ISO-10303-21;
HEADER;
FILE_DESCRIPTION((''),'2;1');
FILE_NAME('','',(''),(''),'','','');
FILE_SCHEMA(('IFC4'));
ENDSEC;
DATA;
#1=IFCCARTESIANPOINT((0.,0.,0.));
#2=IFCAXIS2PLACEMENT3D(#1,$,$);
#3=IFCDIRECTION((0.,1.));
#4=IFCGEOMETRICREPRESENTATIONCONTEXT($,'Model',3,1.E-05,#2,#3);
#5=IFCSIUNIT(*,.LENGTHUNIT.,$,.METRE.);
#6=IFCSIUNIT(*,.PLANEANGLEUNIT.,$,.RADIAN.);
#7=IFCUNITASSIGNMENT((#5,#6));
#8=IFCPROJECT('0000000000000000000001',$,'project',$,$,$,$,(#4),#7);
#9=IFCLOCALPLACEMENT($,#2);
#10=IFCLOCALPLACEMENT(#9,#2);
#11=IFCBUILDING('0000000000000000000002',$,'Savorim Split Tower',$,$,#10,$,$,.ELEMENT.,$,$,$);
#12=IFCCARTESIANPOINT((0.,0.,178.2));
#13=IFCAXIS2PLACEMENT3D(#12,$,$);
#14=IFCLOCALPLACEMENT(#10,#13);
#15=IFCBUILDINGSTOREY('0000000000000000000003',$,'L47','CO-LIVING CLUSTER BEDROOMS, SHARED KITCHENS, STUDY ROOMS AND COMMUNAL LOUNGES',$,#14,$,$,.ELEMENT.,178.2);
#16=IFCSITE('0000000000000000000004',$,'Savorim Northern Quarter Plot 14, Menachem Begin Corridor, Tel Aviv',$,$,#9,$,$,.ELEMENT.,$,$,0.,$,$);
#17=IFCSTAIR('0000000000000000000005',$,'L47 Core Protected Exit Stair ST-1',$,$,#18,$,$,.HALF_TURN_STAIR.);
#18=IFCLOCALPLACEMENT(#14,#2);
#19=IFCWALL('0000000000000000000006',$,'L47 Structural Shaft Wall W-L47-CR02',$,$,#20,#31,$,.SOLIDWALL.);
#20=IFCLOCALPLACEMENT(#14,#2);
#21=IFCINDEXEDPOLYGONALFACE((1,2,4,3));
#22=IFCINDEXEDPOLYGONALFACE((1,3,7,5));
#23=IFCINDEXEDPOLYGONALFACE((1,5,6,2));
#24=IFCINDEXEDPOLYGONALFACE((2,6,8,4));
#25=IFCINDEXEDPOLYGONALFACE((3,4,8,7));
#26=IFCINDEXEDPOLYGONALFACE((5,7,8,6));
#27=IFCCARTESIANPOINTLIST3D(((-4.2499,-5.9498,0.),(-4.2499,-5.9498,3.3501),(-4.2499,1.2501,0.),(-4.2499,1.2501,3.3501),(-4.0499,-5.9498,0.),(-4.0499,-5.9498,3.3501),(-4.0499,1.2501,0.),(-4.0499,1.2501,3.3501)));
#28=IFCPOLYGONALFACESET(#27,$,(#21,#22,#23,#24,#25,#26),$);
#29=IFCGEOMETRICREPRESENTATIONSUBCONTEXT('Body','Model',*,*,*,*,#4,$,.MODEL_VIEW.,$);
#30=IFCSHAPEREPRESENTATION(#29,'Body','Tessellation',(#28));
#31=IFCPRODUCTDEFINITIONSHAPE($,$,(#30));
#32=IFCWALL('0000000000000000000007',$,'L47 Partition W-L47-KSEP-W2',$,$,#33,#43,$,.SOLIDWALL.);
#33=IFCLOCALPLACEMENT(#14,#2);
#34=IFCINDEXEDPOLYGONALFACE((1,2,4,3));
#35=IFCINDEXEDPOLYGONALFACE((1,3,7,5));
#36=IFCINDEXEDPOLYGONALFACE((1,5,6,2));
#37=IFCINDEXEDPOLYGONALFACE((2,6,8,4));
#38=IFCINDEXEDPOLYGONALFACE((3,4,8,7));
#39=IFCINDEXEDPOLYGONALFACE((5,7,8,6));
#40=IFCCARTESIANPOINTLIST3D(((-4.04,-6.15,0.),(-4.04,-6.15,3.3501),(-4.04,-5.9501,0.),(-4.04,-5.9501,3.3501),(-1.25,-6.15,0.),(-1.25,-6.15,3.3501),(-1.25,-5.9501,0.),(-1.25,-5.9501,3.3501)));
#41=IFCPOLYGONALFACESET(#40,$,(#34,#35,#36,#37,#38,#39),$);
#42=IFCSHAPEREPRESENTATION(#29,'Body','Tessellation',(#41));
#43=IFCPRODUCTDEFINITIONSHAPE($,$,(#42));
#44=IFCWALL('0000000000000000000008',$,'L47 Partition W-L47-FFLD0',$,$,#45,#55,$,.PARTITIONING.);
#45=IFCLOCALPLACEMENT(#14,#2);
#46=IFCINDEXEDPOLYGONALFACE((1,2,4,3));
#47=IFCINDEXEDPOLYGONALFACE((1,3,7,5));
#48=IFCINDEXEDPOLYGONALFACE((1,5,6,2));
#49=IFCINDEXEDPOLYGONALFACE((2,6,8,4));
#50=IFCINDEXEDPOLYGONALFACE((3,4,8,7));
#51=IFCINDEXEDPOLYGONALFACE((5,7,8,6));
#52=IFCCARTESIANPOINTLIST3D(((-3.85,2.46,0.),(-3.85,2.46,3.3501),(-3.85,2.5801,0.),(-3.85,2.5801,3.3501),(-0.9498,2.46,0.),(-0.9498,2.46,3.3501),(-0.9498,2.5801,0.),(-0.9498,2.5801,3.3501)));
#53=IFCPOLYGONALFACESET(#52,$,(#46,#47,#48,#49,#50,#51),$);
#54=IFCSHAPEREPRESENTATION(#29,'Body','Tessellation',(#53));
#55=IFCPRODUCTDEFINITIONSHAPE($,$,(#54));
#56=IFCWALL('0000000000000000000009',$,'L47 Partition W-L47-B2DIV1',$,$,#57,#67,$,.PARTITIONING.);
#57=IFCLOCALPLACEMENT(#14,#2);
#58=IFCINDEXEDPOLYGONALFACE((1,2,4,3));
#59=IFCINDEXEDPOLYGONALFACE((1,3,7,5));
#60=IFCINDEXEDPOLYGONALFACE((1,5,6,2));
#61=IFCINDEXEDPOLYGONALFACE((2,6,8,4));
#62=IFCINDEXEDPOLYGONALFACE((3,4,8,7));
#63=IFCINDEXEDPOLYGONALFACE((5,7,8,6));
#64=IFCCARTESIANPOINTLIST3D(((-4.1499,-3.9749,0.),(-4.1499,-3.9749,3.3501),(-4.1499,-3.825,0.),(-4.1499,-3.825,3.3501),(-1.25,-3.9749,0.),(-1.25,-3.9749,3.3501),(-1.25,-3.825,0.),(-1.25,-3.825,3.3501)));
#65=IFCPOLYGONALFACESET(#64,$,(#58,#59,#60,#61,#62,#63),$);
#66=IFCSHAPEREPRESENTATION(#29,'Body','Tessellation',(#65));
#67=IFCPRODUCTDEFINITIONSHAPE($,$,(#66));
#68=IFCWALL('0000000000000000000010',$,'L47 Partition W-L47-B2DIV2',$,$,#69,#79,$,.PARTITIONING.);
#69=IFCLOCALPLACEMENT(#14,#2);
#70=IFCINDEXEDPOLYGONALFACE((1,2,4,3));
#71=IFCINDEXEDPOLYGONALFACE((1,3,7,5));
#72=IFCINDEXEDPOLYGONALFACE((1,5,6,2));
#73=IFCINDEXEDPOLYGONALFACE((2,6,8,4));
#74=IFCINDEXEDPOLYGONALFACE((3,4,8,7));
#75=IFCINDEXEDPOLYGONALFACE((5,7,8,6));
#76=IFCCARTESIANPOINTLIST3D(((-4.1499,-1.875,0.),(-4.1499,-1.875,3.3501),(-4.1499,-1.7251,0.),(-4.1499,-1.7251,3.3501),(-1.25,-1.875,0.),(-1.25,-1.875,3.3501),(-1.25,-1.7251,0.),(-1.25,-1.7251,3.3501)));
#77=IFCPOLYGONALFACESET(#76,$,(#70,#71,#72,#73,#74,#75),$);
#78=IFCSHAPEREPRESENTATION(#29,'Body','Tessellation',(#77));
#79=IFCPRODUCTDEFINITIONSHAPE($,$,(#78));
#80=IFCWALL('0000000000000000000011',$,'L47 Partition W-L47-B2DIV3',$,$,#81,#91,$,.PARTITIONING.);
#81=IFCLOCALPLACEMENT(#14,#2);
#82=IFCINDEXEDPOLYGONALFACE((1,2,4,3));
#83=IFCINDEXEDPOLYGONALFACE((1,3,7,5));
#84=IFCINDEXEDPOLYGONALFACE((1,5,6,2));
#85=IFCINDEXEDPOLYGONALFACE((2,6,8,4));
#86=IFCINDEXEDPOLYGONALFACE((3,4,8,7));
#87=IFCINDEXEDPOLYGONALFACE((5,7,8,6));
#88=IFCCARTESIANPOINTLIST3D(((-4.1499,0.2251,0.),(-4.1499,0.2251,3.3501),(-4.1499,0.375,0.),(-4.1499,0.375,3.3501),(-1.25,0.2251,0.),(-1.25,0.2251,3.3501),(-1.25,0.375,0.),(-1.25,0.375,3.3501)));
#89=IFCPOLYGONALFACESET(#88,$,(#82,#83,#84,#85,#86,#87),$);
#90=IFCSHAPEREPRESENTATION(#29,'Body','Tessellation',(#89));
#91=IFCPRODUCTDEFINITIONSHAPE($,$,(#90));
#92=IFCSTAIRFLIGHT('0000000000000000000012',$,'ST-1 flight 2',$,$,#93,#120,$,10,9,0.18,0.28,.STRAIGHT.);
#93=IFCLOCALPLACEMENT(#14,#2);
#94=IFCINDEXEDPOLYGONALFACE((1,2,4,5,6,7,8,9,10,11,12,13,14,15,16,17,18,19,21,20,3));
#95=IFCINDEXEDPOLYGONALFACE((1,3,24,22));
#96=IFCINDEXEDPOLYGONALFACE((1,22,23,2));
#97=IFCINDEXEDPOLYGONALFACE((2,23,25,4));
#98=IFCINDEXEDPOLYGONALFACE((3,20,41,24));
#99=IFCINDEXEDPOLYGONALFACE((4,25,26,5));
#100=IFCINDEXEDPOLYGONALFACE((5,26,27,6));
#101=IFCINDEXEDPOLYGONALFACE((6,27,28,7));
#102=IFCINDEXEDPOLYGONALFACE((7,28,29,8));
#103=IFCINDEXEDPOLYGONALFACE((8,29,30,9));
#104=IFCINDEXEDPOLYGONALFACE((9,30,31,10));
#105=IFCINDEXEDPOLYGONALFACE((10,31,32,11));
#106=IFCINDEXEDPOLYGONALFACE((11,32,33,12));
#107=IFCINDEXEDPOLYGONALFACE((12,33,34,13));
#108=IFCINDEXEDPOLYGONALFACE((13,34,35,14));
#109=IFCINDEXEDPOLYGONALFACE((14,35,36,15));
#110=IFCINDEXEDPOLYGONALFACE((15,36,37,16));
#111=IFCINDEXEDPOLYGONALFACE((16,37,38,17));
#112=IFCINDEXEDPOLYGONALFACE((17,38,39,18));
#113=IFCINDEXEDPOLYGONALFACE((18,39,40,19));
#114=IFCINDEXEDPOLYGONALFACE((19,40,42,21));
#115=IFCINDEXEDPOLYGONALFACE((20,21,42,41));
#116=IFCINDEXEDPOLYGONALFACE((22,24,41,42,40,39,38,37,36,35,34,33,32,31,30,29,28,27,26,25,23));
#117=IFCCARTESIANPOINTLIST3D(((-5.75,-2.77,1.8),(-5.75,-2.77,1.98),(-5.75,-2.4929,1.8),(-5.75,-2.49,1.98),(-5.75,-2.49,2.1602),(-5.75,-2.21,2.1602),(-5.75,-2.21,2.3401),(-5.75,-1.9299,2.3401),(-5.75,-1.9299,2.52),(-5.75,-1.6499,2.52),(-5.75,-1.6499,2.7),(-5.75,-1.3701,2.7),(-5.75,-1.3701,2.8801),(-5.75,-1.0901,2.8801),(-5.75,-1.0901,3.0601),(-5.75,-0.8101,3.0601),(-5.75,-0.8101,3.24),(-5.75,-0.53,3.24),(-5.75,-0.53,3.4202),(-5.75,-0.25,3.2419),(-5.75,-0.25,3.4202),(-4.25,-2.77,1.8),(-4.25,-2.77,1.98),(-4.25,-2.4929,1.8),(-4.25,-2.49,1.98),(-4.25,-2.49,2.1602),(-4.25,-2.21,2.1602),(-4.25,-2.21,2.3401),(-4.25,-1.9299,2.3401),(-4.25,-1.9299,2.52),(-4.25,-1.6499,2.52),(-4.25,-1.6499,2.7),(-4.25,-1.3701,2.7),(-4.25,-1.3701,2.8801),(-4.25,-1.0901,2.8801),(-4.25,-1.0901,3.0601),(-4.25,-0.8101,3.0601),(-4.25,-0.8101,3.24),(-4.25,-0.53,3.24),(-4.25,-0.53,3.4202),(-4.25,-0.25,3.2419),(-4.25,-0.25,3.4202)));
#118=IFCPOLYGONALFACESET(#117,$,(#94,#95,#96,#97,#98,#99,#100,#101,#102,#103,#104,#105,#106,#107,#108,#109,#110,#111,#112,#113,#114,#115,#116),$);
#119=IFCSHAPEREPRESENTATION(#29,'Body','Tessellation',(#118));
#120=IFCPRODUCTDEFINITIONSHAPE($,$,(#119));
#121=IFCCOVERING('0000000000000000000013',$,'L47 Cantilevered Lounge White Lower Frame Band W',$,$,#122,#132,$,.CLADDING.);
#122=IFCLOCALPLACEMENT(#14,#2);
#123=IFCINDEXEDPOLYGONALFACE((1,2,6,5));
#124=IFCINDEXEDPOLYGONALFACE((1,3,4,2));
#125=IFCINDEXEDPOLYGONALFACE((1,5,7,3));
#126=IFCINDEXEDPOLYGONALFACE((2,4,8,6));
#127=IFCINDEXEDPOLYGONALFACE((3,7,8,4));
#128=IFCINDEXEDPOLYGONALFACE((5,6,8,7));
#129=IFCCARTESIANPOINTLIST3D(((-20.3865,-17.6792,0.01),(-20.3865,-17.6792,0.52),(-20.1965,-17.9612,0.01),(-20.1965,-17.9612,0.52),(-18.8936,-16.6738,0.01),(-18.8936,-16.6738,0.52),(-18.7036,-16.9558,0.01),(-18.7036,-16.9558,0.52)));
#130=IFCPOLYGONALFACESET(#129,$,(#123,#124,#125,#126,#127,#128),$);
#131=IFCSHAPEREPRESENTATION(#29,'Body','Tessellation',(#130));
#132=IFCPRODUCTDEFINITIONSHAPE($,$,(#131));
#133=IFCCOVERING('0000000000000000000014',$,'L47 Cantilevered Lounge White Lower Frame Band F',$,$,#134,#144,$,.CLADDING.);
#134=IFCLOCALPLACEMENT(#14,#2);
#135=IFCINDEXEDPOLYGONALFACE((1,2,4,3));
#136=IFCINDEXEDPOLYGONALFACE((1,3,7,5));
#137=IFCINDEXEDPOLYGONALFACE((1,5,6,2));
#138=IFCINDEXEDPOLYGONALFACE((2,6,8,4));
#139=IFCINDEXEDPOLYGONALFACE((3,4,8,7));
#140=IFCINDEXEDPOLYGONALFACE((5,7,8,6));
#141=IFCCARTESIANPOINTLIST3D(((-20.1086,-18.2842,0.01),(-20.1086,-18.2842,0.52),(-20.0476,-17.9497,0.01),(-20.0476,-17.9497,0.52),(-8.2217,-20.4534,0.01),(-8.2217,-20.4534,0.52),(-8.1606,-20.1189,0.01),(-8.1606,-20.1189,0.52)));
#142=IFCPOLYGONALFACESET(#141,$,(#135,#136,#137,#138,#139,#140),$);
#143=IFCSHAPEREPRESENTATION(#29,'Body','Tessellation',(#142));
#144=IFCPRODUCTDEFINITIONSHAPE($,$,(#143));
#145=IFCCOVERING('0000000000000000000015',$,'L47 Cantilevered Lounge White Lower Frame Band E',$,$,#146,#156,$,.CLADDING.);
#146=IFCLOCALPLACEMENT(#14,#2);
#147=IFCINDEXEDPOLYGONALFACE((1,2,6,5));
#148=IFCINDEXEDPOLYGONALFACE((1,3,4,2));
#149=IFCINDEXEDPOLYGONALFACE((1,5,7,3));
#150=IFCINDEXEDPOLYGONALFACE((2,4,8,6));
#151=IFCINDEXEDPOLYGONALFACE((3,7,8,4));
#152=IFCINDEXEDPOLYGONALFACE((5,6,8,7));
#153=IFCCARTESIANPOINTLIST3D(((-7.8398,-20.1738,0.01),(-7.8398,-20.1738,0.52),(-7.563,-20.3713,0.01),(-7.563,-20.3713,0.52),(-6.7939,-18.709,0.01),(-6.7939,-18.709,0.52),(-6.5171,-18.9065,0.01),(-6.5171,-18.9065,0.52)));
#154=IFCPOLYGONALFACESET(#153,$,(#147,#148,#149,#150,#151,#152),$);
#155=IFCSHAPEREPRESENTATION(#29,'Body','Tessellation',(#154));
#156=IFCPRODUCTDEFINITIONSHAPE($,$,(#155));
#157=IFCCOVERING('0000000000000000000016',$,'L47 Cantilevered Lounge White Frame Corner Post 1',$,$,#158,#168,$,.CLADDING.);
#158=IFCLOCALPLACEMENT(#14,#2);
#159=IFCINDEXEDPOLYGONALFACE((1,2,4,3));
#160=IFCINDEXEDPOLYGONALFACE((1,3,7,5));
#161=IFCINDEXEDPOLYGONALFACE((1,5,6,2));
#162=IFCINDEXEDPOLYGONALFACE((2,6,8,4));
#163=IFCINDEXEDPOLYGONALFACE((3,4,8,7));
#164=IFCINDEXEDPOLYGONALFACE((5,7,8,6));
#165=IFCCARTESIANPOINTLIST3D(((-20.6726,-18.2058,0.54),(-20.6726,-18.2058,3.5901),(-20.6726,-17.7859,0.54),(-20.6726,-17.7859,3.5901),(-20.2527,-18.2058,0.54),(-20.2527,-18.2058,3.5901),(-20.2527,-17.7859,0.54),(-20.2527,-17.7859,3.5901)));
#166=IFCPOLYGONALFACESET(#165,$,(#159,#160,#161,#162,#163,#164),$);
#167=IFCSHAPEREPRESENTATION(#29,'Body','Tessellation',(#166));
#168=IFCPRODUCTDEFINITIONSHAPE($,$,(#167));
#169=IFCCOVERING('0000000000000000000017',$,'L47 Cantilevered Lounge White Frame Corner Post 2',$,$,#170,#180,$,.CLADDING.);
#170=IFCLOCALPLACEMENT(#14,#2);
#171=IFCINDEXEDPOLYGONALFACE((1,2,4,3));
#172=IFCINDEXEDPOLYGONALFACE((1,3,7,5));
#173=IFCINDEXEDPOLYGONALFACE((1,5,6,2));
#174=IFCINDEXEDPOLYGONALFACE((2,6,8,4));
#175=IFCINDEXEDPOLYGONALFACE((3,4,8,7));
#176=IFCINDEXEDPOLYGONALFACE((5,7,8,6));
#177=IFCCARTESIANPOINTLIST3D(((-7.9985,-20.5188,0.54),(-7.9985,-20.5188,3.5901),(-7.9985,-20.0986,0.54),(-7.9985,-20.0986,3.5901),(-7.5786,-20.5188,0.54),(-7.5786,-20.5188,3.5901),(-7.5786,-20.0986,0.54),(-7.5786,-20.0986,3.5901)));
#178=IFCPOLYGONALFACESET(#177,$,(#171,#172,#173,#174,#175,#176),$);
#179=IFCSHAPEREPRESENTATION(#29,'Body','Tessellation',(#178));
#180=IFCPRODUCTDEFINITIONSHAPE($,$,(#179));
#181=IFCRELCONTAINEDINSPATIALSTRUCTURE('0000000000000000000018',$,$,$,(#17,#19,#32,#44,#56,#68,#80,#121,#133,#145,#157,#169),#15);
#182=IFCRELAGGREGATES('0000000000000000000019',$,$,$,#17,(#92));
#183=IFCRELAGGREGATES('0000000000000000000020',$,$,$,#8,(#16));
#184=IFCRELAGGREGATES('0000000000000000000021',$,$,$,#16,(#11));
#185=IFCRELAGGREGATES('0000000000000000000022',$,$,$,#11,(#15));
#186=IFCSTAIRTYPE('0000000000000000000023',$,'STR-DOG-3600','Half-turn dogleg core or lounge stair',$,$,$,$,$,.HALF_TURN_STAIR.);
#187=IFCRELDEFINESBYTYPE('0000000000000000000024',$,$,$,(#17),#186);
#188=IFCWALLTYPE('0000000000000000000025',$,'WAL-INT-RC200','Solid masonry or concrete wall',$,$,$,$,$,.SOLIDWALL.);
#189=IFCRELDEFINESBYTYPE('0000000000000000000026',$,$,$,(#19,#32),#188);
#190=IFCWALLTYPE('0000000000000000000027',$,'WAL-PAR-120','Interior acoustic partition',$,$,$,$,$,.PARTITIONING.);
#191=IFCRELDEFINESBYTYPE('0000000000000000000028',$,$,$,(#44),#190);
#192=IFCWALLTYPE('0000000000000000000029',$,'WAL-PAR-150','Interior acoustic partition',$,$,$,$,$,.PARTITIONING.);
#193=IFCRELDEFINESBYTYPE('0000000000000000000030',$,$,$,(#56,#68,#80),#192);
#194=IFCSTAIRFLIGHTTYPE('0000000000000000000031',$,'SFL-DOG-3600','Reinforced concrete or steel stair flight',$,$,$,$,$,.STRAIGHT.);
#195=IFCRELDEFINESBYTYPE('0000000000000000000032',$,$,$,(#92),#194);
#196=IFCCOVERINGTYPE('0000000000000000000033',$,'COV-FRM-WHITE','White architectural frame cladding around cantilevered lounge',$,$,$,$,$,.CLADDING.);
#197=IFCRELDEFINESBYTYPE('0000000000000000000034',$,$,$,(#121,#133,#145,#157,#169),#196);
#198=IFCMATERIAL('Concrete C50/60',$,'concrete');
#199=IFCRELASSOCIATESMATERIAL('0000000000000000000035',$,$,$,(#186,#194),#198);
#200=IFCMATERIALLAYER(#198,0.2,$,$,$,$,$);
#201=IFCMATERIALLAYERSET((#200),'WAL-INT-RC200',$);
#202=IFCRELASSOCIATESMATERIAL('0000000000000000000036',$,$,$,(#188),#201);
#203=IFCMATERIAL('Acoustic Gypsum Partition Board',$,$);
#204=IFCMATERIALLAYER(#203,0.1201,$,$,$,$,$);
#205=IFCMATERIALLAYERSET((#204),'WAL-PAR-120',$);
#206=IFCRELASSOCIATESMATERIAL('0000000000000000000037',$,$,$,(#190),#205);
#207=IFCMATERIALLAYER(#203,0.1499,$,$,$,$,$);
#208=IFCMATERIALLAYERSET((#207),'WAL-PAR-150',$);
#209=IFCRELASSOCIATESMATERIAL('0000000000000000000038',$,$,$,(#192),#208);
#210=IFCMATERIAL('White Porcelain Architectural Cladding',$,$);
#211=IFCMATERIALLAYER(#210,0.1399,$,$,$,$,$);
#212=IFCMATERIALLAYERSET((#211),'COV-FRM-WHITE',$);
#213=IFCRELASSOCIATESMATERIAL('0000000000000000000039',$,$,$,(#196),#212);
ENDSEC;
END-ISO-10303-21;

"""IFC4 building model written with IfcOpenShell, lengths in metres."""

from ifc_helpers import new_model, si_unit, direction, frame, frame_2d, origin, place, context, subcontext, project, spatial, polyline, rectangle, outline, extrude, material, layer, layer_set, type_object, element, aggregate, save


model = new_model("IFC4")

# Units and contexts
model_context = context("Model", 3, precision=1e-05, world=origin(), true_north=direction((0.0, 1.0)))
body_context = subcontext(model_context, "Body", "Model", "MODEL_VIEW")
ifc_project = project(units=[si_unit("LENGTHUNIT", "METRE"), si_unit("PLANEANGLEUNIT", "RADIAN")], contexts=[model_context])

# Site, building, storey
site_placement = place(None, origin())
site = spatial("IfcSite", under=ifc_project, at=site_placement, Name="Savorim Northern Quarter Plot 14, Menachem Begin Corridor, Tel Aviv", CompositionType="ELEMENT", RefElevation=0.0)
building_placement = place(site_placement, origin())
building = spatial("IfcBuilding", under=site, at=building_placement, Name="Savorim Split Tower", CompositionType="ELEMENT")
storey_placement = place(building_placement, frame((0.0, 0.0, 178.2)))
storey = spatial("IfcBuildingStorey", under=building, at=storey_placement, Name="L47", Description="CO-LIVING CLUSTER BEDROOMS, SHARED KITCHENS, STUDY ROOMS AND COMMUNAL LOUNGES", CompositionType="ELEMENT", Elevation=178.2)

# Shared definitions
ifc_material_1 = material(Name="Concrete C50/60", Category="concrete")

# Stair
stair_type = type_object("IfcStairType", Name="STR-DOG-3600", Description="Half-turn dogleg core or lounge stair", PredefinedType="HALF_TURN_STAIR", material=ifc_material_1)
stair_1_placement = place(storey_placement, origin())
stair_1 = element("IfcStair", 1, at=stair_1_placement, inside=storey, type_object=stair_type, Name="L47 Core Protected Exit Stair ST-1", PredefinedType="HALF_TURN_STAIR")

# Wall
ifc_layer_1 = layer(ifc_material_1, 0.2)
ifc_layer_set_1 = layer_set([ifc_layer_1], Name="WAL-INT-RC200")
wall_type_1 = type_object("IfcWallType", Name="WAL-INT-RC200", Description="Solid masonry or concrete wall", PredefinedType="SOLIDWALL", material=ifc_layer_set_1)
wall_1_placement = place(storey_placement, frame((-4.1499, -5.95, 0.0), z_axis=(0.0, 0.0, 1.0), x_axis=(0.0, 1.0, 0.0)))
element("IfcWall", 2, at=wall_1_placement, inside=storey, type_object=wall_type_1, Name="L47 Structural Shaft Wall W-L47-CR02", PredefinedType="SOLIDWALL", context=body_context, shape_type="SweptSolid", body=[
    extrude(rectangle(XDim=7.2, YDim=0.2, at=frame_2d((3.6001, 0.0))), origin(), (0.0, 0.0, 1.0), 3.3501),
])

# Walls
wall_2_placement = place(storey_placement, frame((-4.04, -6.05, 0.0), z_axis=(0.0, 0.0, 1.0), x_axis=(1.0, 0.0, 0.0)))
element("IfcWall", 3, at=wall_2_placement, inside=storey, type_object=wall_type_1, Name="L47 Partition W-L47-KSEP-W2", PredefinedType="SOLIDWALL", context=body_context, shape_type="SweptSolid", body=[
    extrude(rectangle(XDim=2.79, YDim=0.2, at=frame_2d((1.395, 0.0))), origin(), (0.0, 0.0, 1.0), 3.3501),
])
ifc_material_2 = material(Name="Acoustic Gypsum Partition Board")
ifc_layer_2 = layer(ifc_material_2, 0.1201)
ifc_layer_set_2 = layer_set([ifc_layer_2], Name="WAL-PAR-120")
wall_type_2 = type_object("IfcWallType", Name="WAL-PAR-120", Description="Interior acoustic partition", PredefinedType="PARTITIONING", material=ifc_layer_set_2)
wall_3_placement = place(storey_placement, frame((-3.8501, 2.52, 0.0), z_axis=(0.0, 0.0, 1.0), x_axis=(1.0, 0.0, 0.0)))
element("IfcWall", 4, at=wall_3_placement, inside=storey, type_object=wall_type_2, Name="L47 Partition W-L47-FFLD0", PredefinedType="PARTITIONING", context=body_context, shape_type="SweptSolid", body=[
    extrude(rectangle(XDim=2.9001, YDim=0.1201, at=frame_2d((1.4502, 0.0))), origin(), (0.0, 0.0, 1.0), 3.3501),
])
ifc_layer_3 = layer(ifc_material_2, 0.1499)
ifc_layer_set_3 = layer_set([ifc_layer_3], Name="WAL-PAR-150")
wall_type_3 = type_object("IfcWallType", Name="WAL-PAR-150", Description="Interior acoustic partition", PredefinedType="PARTITIONING", material=ifc_layer_set_3)
for number, where, z_axis, x_axis, name in (
    (5, (-4.1499, -3.8999, 0.0), (0.0, 0.0, 1.0), (1.0, 0.0, 0.0), "L47 Partition W-L47-B2DIV1"),
    (6, (-4.1499, -1.8, 0.0), (0.0, 0.0, 1.0), (1.0, 0.0, 0.0), "L47 Partition W-L47-B2DIV2"),
    (7, (-4.1499, 0.3, 0.0), (0.0, 0.0, 1.0), (1.0, 0.0, 0.0), "L47 Partition W-L47-B2DIV3"),
):
    element("IfcWall", number, at=place(storey_placement, frame(where, z_axis=z_axis, x_axis=x_axis)), inside=storey, type_object=wall_type_3, Name=name, PredefinedType="PARTITIONING", context=body_context, shape_type="SweptSolid", body=[
        extrude(rectangle(XDim=2.8999, YDim=0.1499, at=frame_2d((1.45, 0.0))), origin(), (0.0, 0.0, 1.0), 3.3501),
    ])

# Stair flight
stair_flight_type = type_object("IfcStairFlightType", Name="SFL-DOG-3600", Description="Reinforced concrete or steel stair flight", PredefinedType="STRAIGHT", material=ifc_material_1)
stair_flight_placement = place(storey_placement, frame((-5.0, -2.77, 1.8), z_axis=(0.0, 0.0, 1.0), x_axis=(0.0, 1.0, 0.0)))
stair_flight = element("IfcStairFlight", 8, at=stair_flight_placement, type_object=stair_flight_type, Name="ST-1 flight 2", NumberOfRisers=10, NumberOfTreads=9, PredefinedType="STRAIGHT", RiserHeight=0.18, TreadLength=0.28, context=body_context, shape_type="SweptSolid", body=[
    extrude(outline(polyline([(0.0, 0.0), (0.0, 0.1799), (0.28, 0.1799), (0.28, 0.3601), (0.5601, 0.3601), (0.5601, 0.54), (0.8401, 0.54), (0.8401, 0.72), (1.1201, 0.72), (1.1201, 0.8999), (1.3999, 0.8999), (1.3999, 1.0801), (1.6799, 1.0801), (1.6799, 1.26), (1.96, 1.26), (1.96, 1.4399), (2.24, 1.4399), (2.24, 1.6201), (2.52, 1.6201), (2.52, 1.8), (2.52, 1.4419), (0.2771, 0.0), (0.0, 0.0)])), frame((0.0, 0.75, 0.0), z_axis=(0.0, -1.0, 0.0), x_axis=(1.0, 0.0, 0.0)), (0.0, 0.0, 1.0), 1.5),
])
aggregate(stair_1, [stair_flight])

# Coverings
ifc_material_3 = material(Name="White Porcelain Architectural Cladding")
ifc_layer_4 = layer(ifc_material_3, 0.1399)
ifc_layer_set_4 = layer_set([ifc_layer_4], Name="COV-FRM-WHITE")
covering_type = type_object("IfcCoveringType", Name="COV-FRM-WHITE", Description="White architectural frame cladding around cantilevered lounge", PredefinedType="CLADDING", material=ifc_layer_set_4)
covering_1_placement = place(storey_placement, frame((0.0, 0.0, 0.01)))
element("IfcCovering", 9, at=covering_1_placement, inside=storey, type_object=covering_type, Name="L47 Cantilevered Lounge White Lower Frame Band W", PredefinedType="CLADDING", context=body_context, shape_type="SweptSolid", body=[
    extrude(outline(polyline([(-18.8936, -16.6738), (-20.3865, -17.6792), (-20.1965, -17.9612), (-18.7036, -16.9558), (-18.8936, -16.6738)])), origin(), (0.0, 0.0, 1.0), 0.51),
])
covering_2_placement = place(storey_placement, frame((0.0, 0.0, 0.01)))
element("IfcCovering", 10, at=covering_2_placement, inside=storey, type_object=covering_type, Name="L47 Cantilevered Lounge White Lower Frame Band F", PredefinedType="CLADDING", context=body_context, shape_type="SweptSolid", body=[
    extrude(outline(polyline([(-20.1086, -18.2842), (-8.2217, -20.4534), (-8.1606, -20.1189), (-20.0476, -17.9497), (-20.1086, -18.2842)])), origin(), (0.0, 0.0, 1.0), 0.51),
])
covering_3_placement = place(storey_placement, frame((0.0, 0.0, 0.01)))
element("IfcCovering", 11, at=covering_3_placement, inside=storey, type_object=covering_type, Name="L47 Cantilevered Lounge White Lower Frame Band E", PredefinedType="CLADDING", context=body_context, shape_type="SweptSolid", body=[
    extrude(outline(polyline([(-7.563, -20.3713), (-6.5171, -18.9065), (-6.7939, -18.709), (-7.8398, -20.1738), (-7.563, -20.3713)])), origin(), (0.0, 0.0, 1.0), 0.51),
])
covering_4_placement = place(storey_placement, frame((0.0, 0.0, 0.54)))
element("IfcCovering", 12, at=covering_4_placement, inside=storey, type_object=covering_type, Name="L47 Cantilevered Lounge White Frame Corner Post 1", PredefinedType="CLADDING", context=body_context, shape_type="SweptSolid", body=[
    extrude(outline(polyline([(-20.6726, -18.2058), (-20.2527, -18.2058), (-20.2527, -17.7859), (-20.6726, -17.7859), (-20.6726, -18.2058)])), origin(), (0.0, 0.0, 1.0), 3.05),
])
covering_5_placement = place(storey_placement, frame((0.0, 0.0, 0.54)))
element("IfcCovering", 13, at=covering_5_placement, inside=storey, type_object=covering_type, Name="L47 Cantilevered Lounge White Frame Corner Post 2", PredefinedType="CLADDING", context=body_context, shape_type="SweptSolid", body=[
    extrude(outline(polyline([(-7.9985, -20.5188), (-7.5786, -20.5188), (-7.5786, -20.0986), (-7.9985, -20.0986), (-7.9985, -20.5188)])), origin(), (0.0, 0.0, 1.0), 3.05),
])

save(model, "model.ifc")
